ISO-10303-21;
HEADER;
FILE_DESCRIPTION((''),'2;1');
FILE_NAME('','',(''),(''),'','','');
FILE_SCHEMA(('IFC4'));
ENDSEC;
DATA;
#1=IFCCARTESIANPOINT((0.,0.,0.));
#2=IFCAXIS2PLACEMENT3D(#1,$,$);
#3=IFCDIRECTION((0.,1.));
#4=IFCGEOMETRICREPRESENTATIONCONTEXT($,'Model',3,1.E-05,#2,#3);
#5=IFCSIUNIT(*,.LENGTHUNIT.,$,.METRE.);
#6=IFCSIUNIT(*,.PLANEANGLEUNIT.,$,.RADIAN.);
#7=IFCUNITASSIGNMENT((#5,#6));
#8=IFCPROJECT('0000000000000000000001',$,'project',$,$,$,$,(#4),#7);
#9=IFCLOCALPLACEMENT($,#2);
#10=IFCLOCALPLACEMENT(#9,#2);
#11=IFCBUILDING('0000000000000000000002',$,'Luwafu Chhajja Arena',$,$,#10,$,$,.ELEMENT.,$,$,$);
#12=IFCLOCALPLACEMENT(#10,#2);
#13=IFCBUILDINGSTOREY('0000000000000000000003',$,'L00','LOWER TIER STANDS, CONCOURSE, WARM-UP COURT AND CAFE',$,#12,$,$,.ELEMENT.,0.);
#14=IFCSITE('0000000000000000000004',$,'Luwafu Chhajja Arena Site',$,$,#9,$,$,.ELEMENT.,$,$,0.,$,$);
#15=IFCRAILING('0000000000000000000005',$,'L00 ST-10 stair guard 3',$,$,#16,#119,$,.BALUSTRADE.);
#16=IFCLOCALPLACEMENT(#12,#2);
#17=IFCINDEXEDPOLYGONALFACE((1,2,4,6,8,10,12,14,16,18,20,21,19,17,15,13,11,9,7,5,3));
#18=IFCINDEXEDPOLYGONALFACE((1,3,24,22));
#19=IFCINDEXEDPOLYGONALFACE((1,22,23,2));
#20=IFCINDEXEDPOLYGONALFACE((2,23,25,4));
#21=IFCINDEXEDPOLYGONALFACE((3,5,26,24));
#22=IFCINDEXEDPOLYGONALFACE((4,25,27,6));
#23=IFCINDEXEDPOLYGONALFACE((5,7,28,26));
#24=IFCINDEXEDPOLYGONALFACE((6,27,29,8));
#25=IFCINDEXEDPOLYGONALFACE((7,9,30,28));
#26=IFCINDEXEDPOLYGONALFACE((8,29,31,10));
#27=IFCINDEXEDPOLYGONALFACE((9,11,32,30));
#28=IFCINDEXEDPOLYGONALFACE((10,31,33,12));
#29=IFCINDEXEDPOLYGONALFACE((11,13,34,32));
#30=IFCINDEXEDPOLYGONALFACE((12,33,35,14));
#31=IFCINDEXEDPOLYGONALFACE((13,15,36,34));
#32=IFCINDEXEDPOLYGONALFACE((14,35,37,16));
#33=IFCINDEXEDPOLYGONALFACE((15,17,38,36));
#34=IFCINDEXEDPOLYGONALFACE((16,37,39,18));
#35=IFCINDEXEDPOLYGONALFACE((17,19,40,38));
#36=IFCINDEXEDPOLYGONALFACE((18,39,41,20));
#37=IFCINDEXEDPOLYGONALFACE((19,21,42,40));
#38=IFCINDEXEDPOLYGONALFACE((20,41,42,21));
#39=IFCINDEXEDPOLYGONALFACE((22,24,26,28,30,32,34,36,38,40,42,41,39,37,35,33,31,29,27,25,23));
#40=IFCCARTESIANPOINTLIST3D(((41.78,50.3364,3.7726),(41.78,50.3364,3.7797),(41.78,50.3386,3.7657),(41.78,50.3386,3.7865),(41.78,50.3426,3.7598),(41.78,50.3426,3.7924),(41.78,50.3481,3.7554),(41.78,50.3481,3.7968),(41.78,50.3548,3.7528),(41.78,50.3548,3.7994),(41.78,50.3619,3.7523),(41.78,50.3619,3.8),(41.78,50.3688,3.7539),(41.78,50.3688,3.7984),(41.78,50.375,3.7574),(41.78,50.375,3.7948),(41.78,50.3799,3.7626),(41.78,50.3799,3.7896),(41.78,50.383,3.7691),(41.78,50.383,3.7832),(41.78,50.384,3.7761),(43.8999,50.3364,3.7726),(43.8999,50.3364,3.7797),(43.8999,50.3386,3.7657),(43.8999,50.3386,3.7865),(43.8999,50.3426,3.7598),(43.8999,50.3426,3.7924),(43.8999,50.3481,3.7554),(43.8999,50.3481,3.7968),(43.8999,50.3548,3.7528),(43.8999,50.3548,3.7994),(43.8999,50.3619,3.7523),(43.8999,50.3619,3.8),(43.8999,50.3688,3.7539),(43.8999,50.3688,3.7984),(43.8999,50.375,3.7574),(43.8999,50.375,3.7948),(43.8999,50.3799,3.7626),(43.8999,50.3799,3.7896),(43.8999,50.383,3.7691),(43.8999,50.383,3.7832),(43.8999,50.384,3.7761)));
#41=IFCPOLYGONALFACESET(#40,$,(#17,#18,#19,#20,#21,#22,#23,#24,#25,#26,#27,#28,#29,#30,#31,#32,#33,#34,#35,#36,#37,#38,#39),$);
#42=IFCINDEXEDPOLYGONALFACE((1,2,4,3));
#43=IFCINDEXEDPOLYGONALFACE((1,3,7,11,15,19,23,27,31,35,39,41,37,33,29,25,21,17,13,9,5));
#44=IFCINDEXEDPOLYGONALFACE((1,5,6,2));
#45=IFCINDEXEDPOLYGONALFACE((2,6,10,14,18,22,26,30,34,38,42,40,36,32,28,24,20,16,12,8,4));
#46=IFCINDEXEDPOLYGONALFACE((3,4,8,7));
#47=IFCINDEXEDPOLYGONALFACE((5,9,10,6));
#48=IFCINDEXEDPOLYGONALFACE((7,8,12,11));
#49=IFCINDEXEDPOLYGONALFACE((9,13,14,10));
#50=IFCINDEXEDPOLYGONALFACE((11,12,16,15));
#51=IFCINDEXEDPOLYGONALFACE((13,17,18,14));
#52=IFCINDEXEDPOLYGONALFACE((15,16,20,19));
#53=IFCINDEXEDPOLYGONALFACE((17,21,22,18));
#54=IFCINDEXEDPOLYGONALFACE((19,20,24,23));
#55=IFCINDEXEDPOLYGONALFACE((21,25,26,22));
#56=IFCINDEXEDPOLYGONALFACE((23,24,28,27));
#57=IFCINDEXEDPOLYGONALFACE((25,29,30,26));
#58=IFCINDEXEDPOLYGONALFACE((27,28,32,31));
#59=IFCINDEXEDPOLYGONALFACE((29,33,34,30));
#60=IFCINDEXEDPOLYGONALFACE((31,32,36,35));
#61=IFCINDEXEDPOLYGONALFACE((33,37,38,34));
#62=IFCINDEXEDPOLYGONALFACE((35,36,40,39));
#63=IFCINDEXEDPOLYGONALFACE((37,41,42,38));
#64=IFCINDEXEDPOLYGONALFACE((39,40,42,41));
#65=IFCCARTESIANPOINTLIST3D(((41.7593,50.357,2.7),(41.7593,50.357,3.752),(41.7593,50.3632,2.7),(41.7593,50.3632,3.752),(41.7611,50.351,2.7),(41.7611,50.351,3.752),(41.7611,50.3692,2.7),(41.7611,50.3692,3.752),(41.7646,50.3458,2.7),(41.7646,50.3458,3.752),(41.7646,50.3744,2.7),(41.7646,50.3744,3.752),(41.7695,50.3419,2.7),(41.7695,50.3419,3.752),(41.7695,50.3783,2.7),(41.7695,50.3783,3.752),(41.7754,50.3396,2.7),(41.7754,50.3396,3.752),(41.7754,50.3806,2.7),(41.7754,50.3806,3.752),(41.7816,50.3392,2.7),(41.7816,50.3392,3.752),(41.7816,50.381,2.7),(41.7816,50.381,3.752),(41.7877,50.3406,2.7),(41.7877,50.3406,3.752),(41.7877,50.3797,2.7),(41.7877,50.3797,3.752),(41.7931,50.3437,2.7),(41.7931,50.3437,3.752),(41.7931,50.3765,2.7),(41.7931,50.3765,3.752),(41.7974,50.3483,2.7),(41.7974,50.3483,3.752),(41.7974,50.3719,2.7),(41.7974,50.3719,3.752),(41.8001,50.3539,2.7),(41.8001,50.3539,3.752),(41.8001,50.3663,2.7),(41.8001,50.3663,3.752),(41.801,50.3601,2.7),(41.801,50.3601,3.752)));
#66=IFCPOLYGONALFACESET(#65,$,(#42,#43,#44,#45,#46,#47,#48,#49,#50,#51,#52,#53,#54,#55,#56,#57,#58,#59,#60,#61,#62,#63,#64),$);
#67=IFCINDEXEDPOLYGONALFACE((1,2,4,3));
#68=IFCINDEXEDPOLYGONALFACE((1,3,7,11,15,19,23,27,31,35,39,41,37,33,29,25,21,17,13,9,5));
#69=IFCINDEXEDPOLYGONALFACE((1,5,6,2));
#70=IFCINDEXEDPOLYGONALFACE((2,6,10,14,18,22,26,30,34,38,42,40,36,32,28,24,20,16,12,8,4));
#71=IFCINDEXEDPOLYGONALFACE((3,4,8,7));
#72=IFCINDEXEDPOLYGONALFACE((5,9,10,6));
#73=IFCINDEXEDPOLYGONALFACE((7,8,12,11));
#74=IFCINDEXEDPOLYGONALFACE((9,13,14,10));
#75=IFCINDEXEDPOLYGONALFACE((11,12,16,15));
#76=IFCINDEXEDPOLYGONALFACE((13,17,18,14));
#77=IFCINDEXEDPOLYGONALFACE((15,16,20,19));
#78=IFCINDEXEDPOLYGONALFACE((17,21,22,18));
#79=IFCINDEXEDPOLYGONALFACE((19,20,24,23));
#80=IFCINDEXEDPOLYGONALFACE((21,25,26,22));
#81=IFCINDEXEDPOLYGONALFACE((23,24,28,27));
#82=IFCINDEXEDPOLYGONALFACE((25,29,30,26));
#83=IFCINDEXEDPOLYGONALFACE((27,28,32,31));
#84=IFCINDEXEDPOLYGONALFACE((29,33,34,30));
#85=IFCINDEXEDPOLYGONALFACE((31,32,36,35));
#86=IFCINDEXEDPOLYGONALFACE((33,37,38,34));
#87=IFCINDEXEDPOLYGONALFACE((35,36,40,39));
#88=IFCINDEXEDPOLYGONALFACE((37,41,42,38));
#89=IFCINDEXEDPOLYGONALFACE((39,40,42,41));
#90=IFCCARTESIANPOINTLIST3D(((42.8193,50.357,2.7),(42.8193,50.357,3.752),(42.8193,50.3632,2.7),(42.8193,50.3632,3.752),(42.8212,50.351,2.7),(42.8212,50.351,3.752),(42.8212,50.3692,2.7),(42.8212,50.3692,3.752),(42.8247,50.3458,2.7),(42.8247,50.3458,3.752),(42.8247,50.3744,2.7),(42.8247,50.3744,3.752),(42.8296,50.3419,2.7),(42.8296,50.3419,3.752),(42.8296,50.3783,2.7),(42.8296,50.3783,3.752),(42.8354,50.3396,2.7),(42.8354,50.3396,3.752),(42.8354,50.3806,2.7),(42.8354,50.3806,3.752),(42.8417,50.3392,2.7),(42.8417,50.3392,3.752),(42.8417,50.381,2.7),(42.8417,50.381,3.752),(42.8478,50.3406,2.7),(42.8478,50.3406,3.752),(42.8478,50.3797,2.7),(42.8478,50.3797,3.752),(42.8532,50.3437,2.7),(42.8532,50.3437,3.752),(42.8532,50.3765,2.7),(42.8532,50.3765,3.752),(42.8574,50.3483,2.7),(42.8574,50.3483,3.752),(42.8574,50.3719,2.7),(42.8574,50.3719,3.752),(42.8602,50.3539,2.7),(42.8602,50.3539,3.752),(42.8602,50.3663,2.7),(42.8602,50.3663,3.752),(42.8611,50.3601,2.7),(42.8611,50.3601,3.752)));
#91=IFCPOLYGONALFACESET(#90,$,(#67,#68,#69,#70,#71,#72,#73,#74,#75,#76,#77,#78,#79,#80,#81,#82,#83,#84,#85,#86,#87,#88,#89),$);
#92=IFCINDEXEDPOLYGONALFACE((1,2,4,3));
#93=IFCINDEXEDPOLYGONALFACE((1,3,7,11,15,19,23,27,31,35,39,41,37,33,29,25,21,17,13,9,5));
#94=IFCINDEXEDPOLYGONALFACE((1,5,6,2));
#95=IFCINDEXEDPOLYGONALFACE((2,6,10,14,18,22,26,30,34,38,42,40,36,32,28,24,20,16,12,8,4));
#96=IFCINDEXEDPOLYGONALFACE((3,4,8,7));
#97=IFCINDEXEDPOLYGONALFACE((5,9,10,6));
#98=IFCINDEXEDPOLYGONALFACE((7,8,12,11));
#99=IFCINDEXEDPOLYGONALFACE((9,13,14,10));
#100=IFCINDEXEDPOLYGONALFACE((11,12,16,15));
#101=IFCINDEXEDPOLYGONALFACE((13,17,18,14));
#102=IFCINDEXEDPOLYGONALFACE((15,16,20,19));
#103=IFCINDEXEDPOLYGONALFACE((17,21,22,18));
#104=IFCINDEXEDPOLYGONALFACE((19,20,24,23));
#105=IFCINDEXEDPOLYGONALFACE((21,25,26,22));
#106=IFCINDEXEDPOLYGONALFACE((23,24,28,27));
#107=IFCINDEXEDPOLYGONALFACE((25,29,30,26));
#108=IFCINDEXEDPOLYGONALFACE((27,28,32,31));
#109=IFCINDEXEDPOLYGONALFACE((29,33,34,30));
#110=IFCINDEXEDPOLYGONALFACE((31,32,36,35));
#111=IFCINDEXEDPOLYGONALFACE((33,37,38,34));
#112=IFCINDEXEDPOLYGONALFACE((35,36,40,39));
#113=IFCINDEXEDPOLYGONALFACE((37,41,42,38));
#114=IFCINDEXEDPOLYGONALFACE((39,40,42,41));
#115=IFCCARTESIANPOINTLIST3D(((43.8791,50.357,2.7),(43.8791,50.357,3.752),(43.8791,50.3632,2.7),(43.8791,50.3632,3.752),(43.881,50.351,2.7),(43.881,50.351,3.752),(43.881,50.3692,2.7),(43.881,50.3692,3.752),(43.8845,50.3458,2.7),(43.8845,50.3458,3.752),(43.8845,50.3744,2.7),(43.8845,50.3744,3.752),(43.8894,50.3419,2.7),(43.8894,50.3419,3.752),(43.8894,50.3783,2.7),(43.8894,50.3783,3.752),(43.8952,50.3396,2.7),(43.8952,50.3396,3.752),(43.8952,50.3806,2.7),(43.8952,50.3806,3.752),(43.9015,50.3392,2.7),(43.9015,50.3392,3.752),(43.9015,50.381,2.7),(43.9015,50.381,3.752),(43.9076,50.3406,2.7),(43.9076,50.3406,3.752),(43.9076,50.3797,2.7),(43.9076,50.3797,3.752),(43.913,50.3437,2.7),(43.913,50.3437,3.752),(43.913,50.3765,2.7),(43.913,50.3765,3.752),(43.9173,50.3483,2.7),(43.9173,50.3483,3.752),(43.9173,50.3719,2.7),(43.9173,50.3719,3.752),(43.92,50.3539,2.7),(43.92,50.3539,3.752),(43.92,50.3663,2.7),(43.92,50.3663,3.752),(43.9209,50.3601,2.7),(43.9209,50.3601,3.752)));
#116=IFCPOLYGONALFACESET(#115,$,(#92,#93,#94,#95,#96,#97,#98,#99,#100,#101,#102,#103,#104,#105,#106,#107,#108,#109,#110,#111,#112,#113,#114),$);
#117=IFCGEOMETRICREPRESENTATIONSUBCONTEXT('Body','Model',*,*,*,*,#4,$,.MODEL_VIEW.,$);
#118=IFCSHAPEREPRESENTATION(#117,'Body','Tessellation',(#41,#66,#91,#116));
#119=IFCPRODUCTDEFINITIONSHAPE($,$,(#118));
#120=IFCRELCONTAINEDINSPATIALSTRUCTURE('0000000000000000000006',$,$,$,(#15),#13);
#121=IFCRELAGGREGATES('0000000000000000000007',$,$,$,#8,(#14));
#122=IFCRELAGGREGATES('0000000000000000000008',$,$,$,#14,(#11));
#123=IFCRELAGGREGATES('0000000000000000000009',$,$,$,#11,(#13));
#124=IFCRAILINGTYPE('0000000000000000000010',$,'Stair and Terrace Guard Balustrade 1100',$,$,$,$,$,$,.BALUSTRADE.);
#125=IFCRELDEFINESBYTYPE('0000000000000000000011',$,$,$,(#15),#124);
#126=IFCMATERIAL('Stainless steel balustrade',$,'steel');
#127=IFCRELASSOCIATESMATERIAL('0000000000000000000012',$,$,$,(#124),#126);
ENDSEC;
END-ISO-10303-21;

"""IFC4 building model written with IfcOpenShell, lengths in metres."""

from ifc_helpers import new_model, si_unit, direction, frame, origin, origin_2d, place, context, subcontext, project, spatial, circle, extrude, material, type_object, element, save


model = new_model("IFC4")

# Units and contexts
model_context = context("Model", 3, precision=1e-05, world=origin(), true_north=direction((0.0, 1.0)))
body_context = subcontext(model_context, "Body", "Model", "MODEL_VIEW")
ifc_project = project(units=[si_unit("LENGTHUNIT", "METRE"), si_unit("PLANEANGLEUNIT", "RADIAN")], contexts=[model_context])

# Site, building, storey
site_placement = place(None, origin())
site = spatial("IfcSite", under=ifc_project, at=site_placement, Name="Luwafu Chhajja Arena Site", CompositionType="ELEMENT", RefElevation=0.0)
building_placement = place(site_placement, origin())
building = spatial("IfcBuilding", under=site, at=building_placement, Name="Luwafu Chhajja Arena", CompositionType="ELEMENT")
storey_placement = place(building_placement, origin())
storey = spatial("IfcBuildingStorey", under=building, at=storey_placement, Name="L00", Description="LOWER TIER STANDS, CONCOURSE, WARM-UP COURT AND CAFE", CompositionType="ELEMENT", Elevation=0.0)

# Railing
ifc_material_1 = material(Name="Stainless steel balustrade", Category="steel")
railing_type_1 = type_object("IfcRailingType", Name="Stair and Terrace Guard Balustrade 1100", PredefinedType="BALUSTRADE", material=ifc_material_1)
railing_1_placement = place(storey_placement, frame((41.78, 50.3601, 2.7)))
element("IfcRailing", 1, at=railing_1_placement, inside=storey, type_object=railing_type_1, Name="L00 ST-10 stair guard 3", PredefinedType="BALUSTRADE", context=body_context, shape_type="SweptSolid", body=[
    extrude(circle(Radius=0.0239, at=origin_2d()), frame((0.0, 0.0, 1.0762), z_axis=(1.0, 0.0, 0.0), x_axis=(0.0, 1.0, 0.0)), (0.0, 0.0, 1.0), 2.1199),
    extrude(circle(Radius=0.021, at=origin_2d()), origin(), (0.0, 0.0, 1.0), 1.052),
    extrude(circle(Radius=0.021, at=origin_2d()), frame((1.0601, 0.0, 0.0)), (0.0, 0.0, 1.0), 1.052),
    extrude(circle(Radius=0.021, at=origin_2d()), frame((2.1199, 0.0, 0.0)), (0.0, 0.0, 1.0), 1.052),
])

save(model, "model.ifc")
